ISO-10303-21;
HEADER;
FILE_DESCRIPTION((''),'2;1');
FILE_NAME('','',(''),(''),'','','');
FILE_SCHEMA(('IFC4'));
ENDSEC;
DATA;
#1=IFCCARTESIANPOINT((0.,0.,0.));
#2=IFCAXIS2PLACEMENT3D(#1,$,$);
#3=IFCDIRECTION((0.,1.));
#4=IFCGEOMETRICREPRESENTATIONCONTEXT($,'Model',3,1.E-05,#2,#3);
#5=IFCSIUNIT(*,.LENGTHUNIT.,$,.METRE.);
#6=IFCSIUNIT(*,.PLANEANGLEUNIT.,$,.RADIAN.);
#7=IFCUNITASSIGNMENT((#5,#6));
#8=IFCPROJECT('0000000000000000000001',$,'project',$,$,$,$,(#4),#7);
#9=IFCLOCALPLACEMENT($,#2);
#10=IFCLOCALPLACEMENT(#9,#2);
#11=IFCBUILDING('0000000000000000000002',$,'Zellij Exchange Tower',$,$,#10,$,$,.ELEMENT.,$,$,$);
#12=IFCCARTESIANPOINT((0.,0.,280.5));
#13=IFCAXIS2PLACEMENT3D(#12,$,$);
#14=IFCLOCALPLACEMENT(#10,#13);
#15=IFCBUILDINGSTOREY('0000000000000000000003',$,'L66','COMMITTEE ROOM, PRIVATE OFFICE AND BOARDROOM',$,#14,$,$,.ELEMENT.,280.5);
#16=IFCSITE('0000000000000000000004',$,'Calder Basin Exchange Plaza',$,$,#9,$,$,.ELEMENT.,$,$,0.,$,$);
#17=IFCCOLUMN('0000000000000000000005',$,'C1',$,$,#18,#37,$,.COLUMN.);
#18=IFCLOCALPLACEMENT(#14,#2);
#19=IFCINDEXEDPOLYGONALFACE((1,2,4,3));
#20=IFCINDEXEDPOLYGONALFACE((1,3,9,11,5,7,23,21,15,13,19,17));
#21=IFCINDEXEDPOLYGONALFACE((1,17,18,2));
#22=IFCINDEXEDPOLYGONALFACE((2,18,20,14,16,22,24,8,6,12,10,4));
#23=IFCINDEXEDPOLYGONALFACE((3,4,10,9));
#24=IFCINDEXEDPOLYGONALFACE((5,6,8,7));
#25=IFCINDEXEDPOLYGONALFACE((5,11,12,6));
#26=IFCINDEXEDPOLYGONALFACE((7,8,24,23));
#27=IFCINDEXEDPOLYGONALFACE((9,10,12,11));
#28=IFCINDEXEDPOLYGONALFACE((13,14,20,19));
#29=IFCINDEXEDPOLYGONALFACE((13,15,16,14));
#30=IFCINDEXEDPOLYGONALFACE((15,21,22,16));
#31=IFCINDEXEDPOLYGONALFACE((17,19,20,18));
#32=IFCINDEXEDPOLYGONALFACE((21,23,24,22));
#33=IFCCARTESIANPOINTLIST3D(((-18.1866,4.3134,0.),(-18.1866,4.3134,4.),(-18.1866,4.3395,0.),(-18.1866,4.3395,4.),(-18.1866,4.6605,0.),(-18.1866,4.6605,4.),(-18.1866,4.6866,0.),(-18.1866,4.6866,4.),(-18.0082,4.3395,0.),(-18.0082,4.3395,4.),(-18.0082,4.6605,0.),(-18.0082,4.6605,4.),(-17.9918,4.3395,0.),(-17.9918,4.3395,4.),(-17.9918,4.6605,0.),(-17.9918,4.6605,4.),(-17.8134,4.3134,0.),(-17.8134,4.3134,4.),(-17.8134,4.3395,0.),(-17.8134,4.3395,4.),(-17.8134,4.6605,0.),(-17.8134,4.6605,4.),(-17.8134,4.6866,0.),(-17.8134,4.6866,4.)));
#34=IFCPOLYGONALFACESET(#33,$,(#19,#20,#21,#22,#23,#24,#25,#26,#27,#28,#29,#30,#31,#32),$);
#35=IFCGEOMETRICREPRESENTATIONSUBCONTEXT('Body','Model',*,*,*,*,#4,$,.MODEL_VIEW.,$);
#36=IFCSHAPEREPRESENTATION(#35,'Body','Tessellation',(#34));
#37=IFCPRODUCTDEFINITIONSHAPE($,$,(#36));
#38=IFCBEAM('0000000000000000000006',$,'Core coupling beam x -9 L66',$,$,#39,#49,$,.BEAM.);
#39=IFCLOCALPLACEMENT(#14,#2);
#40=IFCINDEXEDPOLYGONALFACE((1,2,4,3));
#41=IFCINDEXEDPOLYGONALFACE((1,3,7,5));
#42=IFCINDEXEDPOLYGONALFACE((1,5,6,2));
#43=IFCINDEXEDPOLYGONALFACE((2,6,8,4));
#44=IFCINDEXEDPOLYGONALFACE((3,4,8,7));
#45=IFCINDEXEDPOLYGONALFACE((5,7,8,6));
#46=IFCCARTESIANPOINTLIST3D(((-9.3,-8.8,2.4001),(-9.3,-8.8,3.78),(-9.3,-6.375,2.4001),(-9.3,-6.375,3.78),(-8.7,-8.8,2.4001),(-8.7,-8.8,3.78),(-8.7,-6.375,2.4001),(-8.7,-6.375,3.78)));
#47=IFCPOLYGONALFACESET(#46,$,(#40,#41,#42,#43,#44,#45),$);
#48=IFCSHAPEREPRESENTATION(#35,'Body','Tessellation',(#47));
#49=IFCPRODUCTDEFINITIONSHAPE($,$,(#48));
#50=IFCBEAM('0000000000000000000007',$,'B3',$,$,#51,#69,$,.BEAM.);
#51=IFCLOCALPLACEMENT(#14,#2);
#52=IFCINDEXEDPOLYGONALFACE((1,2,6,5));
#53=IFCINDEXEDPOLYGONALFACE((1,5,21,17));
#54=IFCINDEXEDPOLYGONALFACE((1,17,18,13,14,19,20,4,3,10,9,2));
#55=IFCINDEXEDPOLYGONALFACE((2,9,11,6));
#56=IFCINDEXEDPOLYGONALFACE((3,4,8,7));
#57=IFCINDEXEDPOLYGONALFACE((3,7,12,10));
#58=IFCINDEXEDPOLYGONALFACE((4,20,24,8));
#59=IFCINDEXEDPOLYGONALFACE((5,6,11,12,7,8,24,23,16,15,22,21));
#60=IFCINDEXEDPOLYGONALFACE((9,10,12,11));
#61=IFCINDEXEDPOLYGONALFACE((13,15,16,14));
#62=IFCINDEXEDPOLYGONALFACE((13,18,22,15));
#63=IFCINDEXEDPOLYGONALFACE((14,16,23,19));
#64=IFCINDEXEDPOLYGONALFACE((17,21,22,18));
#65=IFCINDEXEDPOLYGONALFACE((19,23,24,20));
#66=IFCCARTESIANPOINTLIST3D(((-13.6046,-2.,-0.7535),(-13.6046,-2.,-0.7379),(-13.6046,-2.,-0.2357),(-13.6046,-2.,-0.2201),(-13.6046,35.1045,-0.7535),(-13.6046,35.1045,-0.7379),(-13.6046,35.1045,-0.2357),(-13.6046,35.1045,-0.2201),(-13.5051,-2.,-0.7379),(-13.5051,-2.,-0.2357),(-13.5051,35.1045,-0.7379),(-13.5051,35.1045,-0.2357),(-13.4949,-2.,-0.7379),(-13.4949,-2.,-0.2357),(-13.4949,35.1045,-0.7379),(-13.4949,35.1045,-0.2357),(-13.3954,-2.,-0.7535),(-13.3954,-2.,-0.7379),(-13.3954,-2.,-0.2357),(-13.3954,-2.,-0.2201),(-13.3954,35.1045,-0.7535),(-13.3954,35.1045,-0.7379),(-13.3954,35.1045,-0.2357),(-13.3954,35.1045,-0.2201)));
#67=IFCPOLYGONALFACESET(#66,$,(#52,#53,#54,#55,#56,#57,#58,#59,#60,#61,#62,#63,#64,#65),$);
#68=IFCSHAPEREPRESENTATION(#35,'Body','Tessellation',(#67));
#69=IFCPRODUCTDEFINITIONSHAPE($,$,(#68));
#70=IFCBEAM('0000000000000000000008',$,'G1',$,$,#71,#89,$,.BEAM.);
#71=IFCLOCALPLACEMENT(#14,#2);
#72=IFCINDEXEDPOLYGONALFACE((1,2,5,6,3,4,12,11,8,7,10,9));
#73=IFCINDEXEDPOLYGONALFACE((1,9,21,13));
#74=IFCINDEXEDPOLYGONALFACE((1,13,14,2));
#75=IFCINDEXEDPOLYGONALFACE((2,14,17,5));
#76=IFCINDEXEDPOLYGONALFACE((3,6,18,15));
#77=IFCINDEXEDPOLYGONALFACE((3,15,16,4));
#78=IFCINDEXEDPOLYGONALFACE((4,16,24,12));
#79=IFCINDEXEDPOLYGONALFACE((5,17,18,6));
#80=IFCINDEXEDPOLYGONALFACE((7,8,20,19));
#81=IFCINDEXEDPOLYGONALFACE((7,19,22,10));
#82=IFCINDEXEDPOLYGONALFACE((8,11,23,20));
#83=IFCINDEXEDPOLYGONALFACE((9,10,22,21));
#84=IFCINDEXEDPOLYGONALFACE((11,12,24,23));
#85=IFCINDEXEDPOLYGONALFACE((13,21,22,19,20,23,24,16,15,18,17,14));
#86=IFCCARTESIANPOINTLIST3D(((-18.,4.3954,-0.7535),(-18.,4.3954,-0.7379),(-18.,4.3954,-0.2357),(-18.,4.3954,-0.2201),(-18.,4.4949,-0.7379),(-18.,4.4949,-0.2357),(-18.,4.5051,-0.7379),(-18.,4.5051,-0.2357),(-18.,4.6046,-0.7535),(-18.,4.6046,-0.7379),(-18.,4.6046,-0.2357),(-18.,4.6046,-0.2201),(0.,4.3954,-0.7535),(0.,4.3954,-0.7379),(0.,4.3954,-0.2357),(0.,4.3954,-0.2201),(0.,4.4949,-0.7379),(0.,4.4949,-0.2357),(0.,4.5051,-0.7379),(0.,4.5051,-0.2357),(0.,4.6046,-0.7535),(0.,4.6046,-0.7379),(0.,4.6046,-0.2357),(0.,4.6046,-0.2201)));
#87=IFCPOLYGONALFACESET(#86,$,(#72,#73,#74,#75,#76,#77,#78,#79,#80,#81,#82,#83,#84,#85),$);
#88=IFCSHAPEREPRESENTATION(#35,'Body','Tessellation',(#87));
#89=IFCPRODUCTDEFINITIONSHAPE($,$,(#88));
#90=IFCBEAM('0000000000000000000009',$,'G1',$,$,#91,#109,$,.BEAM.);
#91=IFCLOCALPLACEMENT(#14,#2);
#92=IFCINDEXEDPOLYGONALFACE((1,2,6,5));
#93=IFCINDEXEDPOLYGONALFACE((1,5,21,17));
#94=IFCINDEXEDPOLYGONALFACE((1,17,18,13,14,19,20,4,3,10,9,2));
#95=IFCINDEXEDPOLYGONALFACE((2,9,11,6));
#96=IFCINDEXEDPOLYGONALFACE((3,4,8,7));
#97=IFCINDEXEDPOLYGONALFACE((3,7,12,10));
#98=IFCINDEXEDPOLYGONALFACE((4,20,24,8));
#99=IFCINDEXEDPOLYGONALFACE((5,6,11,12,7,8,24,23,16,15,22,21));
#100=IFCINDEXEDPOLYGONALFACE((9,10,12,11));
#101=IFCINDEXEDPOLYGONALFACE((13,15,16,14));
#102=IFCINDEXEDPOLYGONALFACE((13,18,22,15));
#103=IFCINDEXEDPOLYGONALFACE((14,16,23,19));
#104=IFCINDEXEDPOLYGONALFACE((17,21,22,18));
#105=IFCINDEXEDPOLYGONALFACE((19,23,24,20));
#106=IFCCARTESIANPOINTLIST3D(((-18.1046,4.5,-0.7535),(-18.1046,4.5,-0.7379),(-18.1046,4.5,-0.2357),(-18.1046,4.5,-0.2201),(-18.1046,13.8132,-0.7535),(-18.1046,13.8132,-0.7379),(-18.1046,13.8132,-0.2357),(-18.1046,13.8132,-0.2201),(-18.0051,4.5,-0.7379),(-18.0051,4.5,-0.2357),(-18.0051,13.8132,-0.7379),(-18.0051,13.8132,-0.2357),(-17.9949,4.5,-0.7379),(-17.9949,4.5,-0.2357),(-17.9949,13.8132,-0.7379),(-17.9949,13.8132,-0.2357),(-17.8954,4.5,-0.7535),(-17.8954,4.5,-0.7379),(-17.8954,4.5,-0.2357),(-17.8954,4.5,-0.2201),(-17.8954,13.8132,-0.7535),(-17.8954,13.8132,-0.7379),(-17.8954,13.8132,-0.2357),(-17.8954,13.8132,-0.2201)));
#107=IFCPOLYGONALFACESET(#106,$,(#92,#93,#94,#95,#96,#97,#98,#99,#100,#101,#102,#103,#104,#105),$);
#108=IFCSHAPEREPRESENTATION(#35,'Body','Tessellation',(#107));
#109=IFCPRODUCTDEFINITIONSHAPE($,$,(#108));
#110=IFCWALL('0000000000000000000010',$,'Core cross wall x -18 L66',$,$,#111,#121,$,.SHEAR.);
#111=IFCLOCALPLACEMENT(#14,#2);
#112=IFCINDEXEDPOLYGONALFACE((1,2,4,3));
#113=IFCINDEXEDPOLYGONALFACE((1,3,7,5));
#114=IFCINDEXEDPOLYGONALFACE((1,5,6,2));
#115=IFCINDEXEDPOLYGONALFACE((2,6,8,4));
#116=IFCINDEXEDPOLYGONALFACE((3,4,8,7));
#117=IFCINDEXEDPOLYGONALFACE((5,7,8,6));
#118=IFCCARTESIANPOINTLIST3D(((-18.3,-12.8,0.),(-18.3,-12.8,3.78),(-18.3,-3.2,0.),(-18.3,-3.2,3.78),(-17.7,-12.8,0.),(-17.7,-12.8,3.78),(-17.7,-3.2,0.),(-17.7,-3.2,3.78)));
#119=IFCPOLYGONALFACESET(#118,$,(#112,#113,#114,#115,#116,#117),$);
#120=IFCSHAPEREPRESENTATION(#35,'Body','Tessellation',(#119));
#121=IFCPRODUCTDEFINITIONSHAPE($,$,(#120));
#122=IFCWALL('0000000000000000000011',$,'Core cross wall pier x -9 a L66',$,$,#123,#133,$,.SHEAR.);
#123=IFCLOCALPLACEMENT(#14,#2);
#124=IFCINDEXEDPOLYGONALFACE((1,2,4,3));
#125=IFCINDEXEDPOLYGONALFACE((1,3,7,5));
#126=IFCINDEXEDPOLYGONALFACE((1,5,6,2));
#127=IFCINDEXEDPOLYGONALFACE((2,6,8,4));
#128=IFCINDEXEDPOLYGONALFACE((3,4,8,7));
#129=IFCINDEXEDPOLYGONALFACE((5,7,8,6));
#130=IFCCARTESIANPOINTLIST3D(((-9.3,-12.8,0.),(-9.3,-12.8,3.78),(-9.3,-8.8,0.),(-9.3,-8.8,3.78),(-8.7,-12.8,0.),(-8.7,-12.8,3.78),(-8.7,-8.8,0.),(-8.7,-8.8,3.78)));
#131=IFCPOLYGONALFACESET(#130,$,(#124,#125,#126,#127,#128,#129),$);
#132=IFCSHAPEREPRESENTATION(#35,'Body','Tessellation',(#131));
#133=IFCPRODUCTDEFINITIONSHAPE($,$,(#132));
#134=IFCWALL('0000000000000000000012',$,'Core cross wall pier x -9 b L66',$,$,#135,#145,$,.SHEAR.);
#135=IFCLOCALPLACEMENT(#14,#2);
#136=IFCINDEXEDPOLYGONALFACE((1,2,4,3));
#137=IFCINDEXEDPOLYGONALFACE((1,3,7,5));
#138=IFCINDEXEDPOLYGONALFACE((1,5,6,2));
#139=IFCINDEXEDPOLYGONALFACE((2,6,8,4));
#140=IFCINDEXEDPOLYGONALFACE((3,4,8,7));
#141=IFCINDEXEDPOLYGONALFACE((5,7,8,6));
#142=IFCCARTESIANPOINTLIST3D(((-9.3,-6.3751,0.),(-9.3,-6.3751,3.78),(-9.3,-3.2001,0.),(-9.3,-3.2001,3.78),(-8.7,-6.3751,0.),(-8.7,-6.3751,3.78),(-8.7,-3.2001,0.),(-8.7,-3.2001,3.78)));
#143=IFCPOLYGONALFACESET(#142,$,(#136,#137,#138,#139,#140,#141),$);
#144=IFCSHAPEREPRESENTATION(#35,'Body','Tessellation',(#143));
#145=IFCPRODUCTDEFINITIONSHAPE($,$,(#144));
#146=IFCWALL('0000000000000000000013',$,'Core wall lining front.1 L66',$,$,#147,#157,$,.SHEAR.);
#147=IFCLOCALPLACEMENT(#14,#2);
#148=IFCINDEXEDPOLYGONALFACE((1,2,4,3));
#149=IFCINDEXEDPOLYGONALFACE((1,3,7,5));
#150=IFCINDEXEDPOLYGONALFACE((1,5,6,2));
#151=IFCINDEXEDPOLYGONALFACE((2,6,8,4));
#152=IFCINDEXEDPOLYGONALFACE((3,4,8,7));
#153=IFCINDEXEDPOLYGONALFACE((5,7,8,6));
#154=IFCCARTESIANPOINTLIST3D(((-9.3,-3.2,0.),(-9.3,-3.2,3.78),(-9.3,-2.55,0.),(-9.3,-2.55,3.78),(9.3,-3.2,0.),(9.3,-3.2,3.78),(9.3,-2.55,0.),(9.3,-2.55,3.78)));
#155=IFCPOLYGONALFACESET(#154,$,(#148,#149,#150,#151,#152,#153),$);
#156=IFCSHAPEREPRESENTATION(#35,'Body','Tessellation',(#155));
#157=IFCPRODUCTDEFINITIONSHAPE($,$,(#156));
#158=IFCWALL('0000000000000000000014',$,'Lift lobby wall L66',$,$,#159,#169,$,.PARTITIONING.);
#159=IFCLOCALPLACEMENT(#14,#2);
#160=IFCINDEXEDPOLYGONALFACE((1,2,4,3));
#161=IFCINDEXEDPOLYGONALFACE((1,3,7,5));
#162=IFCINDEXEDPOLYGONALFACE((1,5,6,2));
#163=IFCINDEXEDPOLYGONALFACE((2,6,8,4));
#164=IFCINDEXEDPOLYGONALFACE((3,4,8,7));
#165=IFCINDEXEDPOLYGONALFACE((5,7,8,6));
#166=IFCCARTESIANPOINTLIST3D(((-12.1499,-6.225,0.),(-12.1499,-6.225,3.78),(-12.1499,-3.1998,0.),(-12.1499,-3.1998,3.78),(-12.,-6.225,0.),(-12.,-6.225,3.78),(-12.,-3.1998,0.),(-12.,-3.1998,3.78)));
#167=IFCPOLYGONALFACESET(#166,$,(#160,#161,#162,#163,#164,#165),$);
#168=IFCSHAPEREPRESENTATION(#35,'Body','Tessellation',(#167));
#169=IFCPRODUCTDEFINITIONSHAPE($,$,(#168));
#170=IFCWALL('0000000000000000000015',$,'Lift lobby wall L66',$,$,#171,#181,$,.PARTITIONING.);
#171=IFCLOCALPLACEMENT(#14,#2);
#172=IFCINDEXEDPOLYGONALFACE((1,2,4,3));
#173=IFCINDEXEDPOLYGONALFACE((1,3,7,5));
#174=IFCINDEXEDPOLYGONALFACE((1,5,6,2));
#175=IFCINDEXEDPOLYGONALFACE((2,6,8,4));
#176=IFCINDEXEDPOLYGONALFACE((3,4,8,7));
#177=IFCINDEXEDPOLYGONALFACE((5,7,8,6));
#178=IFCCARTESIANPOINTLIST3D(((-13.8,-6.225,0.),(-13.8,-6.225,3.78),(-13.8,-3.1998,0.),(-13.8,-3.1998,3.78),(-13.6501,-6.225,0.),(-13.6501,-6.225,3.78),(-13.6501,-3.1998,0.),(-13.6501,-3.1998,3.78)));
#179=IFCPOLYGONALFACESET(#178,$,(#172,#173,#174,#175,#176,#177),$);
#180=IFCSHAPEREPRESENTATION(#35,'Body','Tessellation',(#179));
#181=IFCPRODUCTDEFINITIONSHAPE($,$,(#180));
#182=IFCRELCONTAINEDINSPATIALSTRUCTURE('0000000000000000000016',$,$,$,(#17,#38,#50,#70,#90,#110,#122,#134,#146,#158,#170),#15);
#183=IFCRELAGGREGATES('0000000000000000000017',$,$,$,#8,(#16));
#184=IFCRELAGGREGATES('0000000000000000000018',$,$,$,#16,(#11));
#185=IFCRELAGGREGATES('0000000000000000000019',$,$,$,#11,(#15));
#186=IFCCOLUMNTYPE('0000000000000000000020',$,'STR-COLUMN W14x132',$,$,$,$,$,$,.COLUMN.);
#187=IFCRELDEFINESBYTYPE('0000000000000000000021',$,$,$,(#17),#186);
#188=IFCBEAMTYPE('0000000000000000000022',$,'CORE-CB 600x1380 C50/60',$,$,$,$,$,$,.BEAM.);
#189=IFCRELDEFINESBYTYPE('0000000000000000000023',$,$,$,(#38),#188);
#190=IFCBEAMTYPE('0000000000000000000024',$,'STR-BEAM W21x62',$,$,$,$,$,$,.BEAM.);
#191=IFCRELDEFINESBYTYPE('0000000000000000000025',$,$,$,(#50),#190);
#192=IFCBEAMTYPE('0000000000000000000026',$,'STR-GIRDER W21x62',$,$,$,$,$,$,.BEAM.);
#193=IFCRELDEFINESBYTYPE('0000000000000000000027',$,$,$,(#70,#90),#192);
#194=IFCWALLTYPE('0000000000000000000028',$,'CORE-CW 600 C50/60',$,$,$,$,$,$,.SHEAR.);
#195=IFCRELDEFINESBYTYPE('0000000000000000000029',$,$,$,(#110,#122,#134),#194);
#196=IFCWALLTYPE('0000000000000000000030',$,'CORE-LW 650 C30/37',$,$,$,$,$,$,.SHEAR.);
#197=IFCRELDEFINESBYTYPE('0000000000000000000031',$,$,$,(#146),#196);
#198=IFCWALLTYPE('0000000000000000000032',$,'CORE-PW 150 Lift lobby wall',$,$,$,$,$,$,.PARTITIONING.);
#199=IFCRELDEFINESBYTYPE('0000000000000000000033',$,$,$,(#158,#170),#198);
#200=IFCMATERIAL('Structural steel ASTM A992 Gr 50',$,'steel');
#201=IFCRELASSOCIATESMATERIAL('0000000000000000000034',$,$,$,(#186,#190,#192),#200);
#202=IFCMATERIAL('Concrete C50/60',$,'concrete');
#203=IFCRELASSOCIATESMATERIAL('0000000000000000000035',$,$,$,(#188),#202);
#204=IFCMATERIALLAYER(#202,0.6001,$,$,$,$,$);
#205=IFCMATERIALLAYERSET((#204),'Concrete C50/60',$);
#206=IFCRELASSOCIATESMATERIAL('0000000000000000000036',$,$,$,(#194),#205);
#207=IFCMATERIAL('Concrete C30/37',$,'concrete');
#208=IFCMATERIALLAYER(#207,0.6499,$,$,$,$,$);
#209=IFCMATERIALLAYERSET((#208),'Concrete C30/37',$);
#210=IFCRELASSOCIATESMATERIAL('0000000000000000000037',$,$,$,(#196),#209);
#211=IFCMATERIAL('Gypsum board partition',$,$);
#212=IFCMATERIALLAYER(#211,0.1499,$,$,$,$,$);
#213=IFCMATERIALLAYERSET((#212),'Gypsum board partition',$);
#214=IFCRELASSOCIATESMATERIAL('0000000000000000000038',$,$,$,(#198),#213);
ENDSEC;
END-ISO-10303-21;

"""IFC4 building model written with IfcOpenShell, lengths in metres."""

from ifc_helpers import new_model, si_unit, direction, frame, frame_2d, origin, origin_2d, place, context, subcontext, project, spatial, rectangle, i_section, extrude, material, layer, layer_set, material_profile, profile_set, type_object, element, save


model = new_model("IFC4")

# Units and contexts
model_context = context("Model", 3, precision=1e-05, world=origin(), true_north=direction((0.0, 1.0)))
body_context = subcontext(model_context, "Body", "Model", "MODEL_VIEW")
ifc_project = project(units=[si_unit("LENGTHUNIT", "METRE"), si_unit("PLANEANGLEUNIT", "RADIAN")], contexts=[model_context])

# Site, building, storey
site_placement = place(None, origin())
site = spatial("IfcSite", under=ifc_project, at=site_placement, Name="Calder Basin Exchange Plaza", CompositionType="ELEMENT", RefElevation=0.0)
building_placement = place(site_placement, origin())
building = spatial("IfcBuilding", under=site, at=building_placement, Name="Zellij Exchange Tower", CompositionType="ELEMENT")
storey_placement = place(building_placement, frame((0.0, 0.0, 280.5)))
storey = spatial("IfcBuildingStorey", under=building, at=storey_placement, Name="L66", Description="COMMITTEE ROOM, PRIVATE OFFICE AND BOARDROOM", CompositionType="ELEMENT", Elevation=280.5)

# Column
ifc_material_1 = material(Name="Structural steel ASTM A992 Gr 50", Category="steel")
ifc_material_profile_1 = material_profile(ifc_material_1, i_section(OverallWidth=0.3733, OverallDepth=0.3733, WebThickness=0.0164, FlangeThickness=0.0261, at=origin_2d()), Name="W14x132")
ifc_profile_set_1 = profile_set([ifc_material_profile_1], Name="Structural steel ASTM A992 Gr 50")
column_type = type_object("IfcColumnType", Name="STR-COLUMN W14x132", PredefinedType="COLUMN", material=ifc_profile_set_1)
column_placement = place(storey_placement, frame((-18.0, 4.5, 0.0), z_axis=(0.0, 0.0, 1.0), x_axis=(1.0, 0.0, 0.0)))
element("IfcColumn", 1, at=column_placement, inside=storey, type_object=column_type, Name="C1", PredefinedType="COLUMN", context=body_context, shape_type="SweptSolid", body=[
    extrude(i_section(OverallWidth=0.3733, OverallDepth=0.3733, WebThickness=0.0164, FlangeThickness=0.0261, at=origin_2d()), origin(), (0.0, 0.0, 1.0), 4.0),
])

# Beams
ifc_material_2 = material(Name="Concrete C50/60", Category="concrete")
ifc_material_profile_2 = material_profile(ifc_material_2, rectangle(XDim=0.6001, YDim=1.3799, at=origin_2d()), Name="CORE-CB 600x1380 C50/60")
ifc_profile_set_2 = profile_set([ifc_material_profile_2], Name="Concrete C50/60")
beam_type_1 = type_object("IfcBeamType", Name="CORE-CB 600x1380 C50/60", PredefinedType="BEAM", material=ifc_profile_set_2)
beam_1_placement = place(storey_placement, frame((-9.0, -8.8, 3.0901), z_axis=(0.0, 1.0, 0.0), x_axis=(-1.0, 0.0, 0.0)))
element("IfcBeam", 2, at=beam_1_placement, inside=storey, type_object=beam_type_1, Name="Core coupling beam x -9 L66", PredefinedType="BEAM", context=body_context, shape_type="SweptSolid", body=[
    extrude(rectangle(XDim=0.6001, YDim=1.3799, at=origin_2d()), origin(), (0.0, 0.0, 1.0), 2.425),
])
ifc_material_profile_3 = material_profile(ifc_material_1, i_section(OverallWidth=0.2092, OverallDepth=0.5334, WebThickness=0.0103, FlangeThickness=0.0156, at=origin_2d()), Name="W21x62")
ifc_profile_set_3 = profile_set([ifc_material_profile_3], Name="Structural steel ASTM A992 Gr 50")
beam_type_2 = type_object("IfcBeamType", Name="STR-BEAM W21x62", PredefinedType="BEAM", material=ifc_profile_set_3)
beam_2_placement = place(storey_placement, frame((-13.5, -2.0, -0.4868), z_axis=(0.0, 1.0, 0.0), x_axis=(-1.0, 0.0, 0.0)))
element("IfcBeam", 3, at=beam_2_placement, inside=storey, type_object=beam_type_2, Name="B3", PredefinedType="BEAM", context=body_context, shape_type="SweptSolid", body=[
    extrude(i_section(OverallWidth=0.2092, OverallDepth=0.5334, WebThickness=0.0103, FlangeThickness=0.0156, at=origin_2d()), origin(), (0.0, 0.0, 1.0), 37.1045),
])
ifc_material_profile_4 = material_profile(ifc_material_1, i_section(OverallWidth=0.2092, OverallDepth=0.5334, WebThickness=0.0103, FlangeThickness=0.0156, at=origin_2d()), Name="W21x62")
ifc_profile_set_4 = profile_set([ifc_material_profile_4], Name="Structural steel ASTM A992 Gr 50")
beam_type_3 = type_object("IfcBeamType", Name="STR-GIRDER W21x62", PredefinedType="BEAM", material=ifc_profile_set_4)
beam_3_placement = place(storey_placement, frame((-18.0, 4.5, -0.4868), z_axis=(1.0, 0.0, 0.0), x_axis=(0.0, 1.0, 0.0)))
element("IfcBeam", 4, at=beam_3_placement, inside=storey, type_object=beam_type_3, Name="G1", PredefinedType="BEAM", context=body_context, shape_type="SweptSolid", body=[
    extrude(i_section(OverallWidth=0.2092, OverallDepth=0.5334, WebThickness=0.0103, FlangeThickness=0.0156, at=origin_2d()), origin(), (0.0, 0.0, 1.0), 18.0),
])
beam_4_placement = place(storey_placement, frame((-18.0, 4.5, -0.4868), z_axis=(0.0, 1.0, 0.0), x_axis=(-1.0, 0.0, 0.0)))
element("IfcBeam", 5, at=beam_4_placement, inside=storey, type_object=beam_type_3, Name="G1", PredefinedType="BEAM", context=body_context, shape_type="SweptSolid", body=[
    extrude(i_section(OverallWidth=0.2092, OverallDepth=0.5334, WebThickness=0.0103, FlangeThickness=0.0156, at=origin_2d()), origin(), (0.0, 0.0, 1.0), 9.3132),
])

# Walls
ifc_layer_1 = layer(ifc_material_2, 0.6001)
ifc_layer_set_1 = layer_set([ifc_layer_1], Name="Concrete C50/60")
wall_type_1 = type_object("IfcWallType", Name="CORE-CW 600 C50/60", PredefinedType="SHEAR", material=ifc_layer_set_1)
wall_1_placement = place(storey_placement, frame((-18.0, -12.8, 0.0), z_axis=(0.0, 0.0, 1.0), x_axis=(0.0, 1.0, 0.0)))
element("IfcWall", 6, at=wall_1_placement, inside=storey, type_object=wall_type_1, Name="Core cross wall x -18 L66", PredefinedType="SHEAR", context=body_context, shape_type="SweptSolid", body=[
    extrude(rectangle(XDim=9.6001, YDim=0.6001, at=frame_2d((4.8, 0.0))), origin(), (0.0, 0.0, 1.0), 3.78),
])
wall_2_placement = place(storey_placement, frame((-9.0, -12.8, 0.0), z_axis=(0.0, 0.0, 1.0), x_axis=(0.0, 1.0, 0.0)))
element("IfcWall", 7, at=wall_2_placement, inside=storey, type_object=wall_type_1, Name="Core cross wall pier x -9 a L66", PredefinedType="SHEAR", context=body_context, shape_type="SweptSolid", body=[
    extrude(rectangle(XDim=4.0, YDim=0.6001, at=frame_2d((2.0, 0.0))), origin(), (0.0, 0.0, 1.0), 3.78),
])
wall_3_placement = place(storey_placement, frame((-9.0, -6.375, 0.0), z_axis=(0.0, 0.0, 1.0), x_axis=(0.0, 1.0, 0.0)))
element("IfcWall", 8, at=wall_3_placement, inside=storey, type_object=wall_type_1, Name="Core cross wall pier x -9 b L66", PredefinedType="SHEAR", context=body_context, shape_type="SweptSolid", body=[
    extrude(rectangle(XDim=3.175, YDim=0.6001, at=frame_2d((1.5874, 0.0))), origin(), (0.0, 0.0, 1.0), 3.78),
])
ifc_material_3 = material(Name="Concrete C30/37", Category="concrete")
ifc_layer_2 = layer(ifc_material_3, 0.6499)
ifc_layer_set_2 = layer_set([ifc_layer_2], Name="Concrete C30/37")
wall_type_2 = type_object("IfcWallType", Name="CORE-LW 650 C30/37", PredefinedType="SHEAR", material=ifc_layer_set_2)
wall_4_placement = place(storey_placement, frame((-9.3, -2.875, 0.0), z_axis=(0.0, 0.0, 1.0), x_axis=(1.0, 0.0, 0.0)))
element("IfcWall", 9, at=wall_4_placement, inside=storey, type_object=wall_type_2, Name="Core wall lining front.1 L66", PredefinedType="SHEAR", context=body_context, shape_type="SweptSolid", body=[
    extrude(rectangle(XDim=18.6001, YDim=0.6499, at=frame_2d((9.3, 0.0))), origin(), (0.0, 0.0, 1.0), 3.78),
])
ifc_material_4 = material(Name="Gypsum board partition")
ifc_layer_3 = layer(ifc_material_4, 0.1499)
ifc_layer_set_3 = layer_set([ifc_layer_3], Name="Gypsum board partition")
wall_type_3 = type_object("IfcWallType", Name="CORE-PW 150 Lift lobby wall", PredefinedType="PARTITIONING", material=ifc_layer_set_3)
for number, where, z_axis, x_axis, name in (
    (10, (-12.075, -6.2251, 0.0), (0.0, 0.0, 1.0), (0.0, 1.0, 0.0), "Lift lobby wall L66"),
    (11, (-13.7251, -6.2251, 0.0), (0.0, 0.0, 1.0), (0.0, 1.0, 0.0), "Lift lobby wall L66"),
):
    element("IfcWall", number, at=place(storey_placement, frame(where, z_axis=z_axis, x_axis=x_axis)), inside=storey, type_object=wall_type_3, Name=name, PredefinedType="PARTITIONING", context=body_context, shape_type="SweptSolid", body=[
        extrude(rectangle(XDim=3.0251, YDim=0.1499, at=frame_2d((1.5127, 0.0))), origin(), (0.0, 0.0, 1.0), 3.78),
    ])

save(model, "model.ifc")
